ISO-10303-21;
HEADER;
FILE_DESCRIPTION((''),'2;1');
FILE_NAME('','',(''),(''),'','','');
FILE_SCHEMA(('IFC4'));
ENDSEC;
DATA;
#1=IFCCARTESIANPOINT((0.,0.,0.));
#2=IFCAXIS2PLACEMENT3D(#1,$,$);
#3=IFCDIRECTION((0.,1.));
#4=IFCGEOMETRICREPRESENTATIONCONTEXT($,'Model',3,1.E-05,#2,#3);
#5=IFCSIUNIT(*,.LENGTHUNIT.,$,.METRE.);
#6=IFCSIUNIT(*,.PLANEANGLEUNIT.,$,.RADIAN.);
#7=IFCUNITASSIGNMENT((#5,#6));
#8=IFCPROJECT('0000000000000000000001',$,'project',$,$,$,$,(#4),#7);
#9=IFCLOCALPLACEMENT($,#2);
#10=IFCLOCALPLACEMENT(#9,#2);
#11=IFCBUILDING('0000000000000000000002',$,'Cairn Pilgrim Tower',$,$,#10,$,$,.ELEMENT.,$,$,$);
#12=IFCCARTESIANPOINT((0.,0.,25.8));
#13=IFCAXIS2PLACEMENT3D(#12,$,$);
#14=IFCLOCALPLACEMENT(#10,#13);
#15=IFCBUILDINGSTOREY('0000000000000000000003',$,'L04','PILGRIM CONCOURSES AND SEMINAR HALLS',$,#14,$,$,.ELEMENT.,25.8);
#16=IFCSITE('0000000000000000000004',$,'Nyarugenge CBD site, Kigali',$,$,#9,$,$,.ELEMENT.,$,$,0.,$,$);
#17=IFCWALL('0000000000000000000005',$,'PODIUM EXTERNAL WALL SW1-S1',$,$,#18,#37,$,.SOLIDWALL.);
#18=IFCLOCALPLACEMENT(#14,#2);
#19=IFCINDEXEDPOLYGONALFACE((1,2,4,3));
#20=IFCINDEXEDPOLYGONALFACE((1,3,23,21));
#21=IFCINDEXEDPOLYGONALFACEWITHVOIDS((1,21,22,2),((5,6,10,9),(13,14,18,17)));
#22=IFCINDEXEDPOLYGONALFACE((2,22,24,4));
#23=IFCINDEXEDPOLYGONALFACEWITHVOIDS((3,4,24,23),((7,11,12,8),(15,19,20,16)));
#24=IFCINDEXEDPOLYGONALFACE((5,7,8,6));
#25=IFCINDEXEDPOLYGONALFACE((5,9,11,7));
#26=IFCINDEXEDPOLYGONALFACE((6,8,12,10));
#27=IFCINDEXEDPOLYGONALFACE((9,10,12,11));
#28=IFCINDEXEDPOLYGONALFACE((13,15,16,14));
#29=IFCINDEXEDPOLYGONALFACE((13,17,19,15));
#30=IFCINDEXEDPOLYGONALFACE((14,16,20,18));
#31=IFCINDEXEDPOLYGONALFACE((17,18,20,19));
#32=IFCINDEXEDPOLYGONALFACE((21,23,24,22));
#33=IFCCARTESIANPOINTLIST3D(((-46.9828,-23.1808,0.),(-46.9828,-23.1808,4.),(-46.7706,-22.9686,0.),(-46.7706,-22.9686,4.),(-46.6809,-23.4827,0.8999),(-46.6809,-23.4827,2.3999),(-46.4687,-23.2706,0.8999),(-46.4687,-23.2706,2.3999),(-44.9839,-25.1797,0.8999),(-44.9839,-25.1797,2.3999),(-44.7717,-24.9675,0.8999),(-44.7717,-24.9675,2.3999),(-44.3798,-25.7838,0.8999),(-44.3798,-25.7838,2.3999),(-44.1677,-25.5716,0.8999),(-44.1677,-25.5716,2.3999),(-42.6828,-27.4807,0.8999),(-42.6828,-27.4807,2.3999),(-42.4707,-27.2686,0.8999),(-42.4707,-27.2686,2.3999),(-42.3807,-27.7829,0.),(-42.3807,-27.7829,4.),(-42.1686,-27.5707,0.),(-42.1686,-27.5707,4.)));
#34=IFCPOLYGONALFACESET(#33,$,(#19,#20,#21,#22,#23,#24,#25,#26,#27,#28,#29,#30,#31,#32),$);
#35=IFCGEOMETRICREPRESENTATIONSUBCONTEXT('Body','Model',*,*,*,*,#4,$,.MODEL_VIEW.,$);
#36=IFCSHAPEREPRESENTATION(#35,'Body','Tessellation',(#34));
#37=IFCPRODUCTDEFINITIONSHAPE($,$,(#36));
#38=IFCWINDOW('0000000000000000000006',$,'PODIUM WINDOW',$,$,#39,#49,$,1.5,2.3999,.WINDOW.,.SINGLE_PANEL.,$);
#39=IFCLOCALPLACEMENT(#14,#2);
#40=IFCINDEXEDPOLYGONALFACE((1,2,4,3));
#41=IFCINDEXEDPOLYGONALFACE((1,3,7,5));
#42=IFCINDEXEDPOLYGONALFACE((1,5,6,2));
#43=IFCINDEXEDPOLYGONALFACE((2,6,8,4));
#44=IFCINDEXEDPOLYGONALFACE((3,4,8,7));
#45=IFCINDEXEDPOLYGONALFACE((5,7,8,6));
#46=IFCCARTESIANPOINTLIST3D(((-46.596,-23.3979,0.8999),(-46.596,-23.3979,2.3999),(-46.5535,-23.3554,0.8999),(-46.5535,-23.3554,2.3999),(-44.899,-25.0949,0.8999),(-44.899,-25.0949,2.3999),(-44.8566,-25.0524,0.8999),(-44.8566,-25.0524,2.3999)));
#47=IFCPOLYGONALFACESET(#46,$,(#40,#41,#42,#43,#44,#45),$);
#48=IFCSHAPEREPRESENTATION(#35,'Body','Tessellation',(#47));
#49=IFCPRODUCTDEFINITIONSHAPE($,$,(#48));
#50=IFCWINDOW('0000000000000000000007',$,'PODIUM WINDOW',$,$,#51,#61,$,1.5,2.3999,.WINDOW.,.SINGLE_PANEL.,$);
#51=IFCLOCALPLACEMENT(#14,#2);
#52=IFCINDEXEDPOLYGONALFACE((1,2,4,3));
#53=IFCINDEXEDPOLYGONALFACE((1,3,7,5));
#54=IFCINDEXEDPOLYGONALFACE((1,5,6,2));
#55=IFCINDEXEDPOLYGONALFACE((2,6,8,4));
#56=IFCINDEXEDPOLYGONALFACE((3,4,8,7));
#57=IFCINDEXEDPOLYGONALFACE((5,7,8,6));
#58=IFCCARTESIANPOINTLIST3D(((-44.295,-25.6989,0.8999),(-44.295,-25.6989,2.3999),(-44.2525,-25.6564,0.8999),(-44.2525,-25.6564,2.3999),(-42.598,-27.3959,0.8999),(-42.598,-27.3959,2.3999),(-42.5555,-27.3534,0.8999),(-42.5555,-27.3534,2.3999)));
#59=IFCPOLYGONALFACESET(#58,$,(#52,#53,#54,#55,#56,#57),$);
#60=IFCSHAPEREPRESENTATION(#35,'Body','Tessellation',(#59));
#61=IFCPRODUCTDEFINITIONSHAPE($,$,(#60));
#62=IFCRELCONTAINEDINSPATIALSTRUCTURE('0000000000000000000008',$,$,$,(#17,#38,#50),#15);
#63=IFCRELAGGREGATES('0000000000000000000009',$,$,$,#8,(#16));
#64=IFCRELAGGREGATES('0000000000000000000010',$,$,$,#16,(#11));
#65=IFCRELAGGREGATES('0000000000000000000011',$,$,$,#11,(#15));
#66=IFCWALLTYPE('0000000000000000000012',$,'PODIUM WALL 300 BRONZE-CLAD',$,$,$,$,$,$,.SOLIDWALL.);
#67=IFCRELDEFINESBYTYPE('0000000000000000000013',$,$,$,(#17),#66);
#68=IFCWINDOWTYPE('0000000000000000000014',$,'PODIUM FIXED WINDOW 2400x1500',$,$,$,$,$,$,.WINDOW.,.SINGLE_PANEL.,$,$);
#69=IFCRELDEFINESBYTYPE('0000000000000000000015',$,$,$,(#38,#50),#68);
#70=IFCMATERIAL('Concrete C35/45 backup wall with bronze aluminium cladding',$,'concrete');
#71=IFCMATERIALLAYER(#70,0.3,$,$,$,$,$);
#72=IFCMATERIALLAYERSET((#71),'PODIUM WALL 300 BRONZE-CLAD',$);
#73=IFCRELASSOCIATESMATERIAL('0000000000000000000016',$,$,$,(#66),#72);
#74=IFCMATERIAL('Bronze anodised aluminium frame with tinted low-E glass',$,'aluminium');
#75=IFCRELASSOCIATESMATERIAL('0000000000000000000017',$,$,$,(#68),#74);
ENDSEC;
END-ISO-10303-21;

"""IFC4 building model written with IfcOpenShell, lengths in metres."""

from ifc_helpers import new_model, si_unit, direction, frame, frame_2d, origin, place, context, subcontext, project, spatial, rectangle, extrude, material, layer, layer_set, type_object, element, fill, save


model = new_model("IFC4")

# Units and contexts
model_context = context("Model", 3, precision=1e-05, world=origin(), true_north=direction((0.0, 1.0)))
body_context = subcontext(model_context, "Body", "Model", "MODEL_VIEW")
ifc_project = project(units=[si_unit("LENGTHUNIT", "METRE"), si_unit("PLANEANGLEUNIT", "RADIAN")], contexts=[model_context])

# Site, building, storey
site_placement = place(None, origin())
site = spatial("IfcSite", under=ifc_project, at=site_placement, Name="Nyarugenge CBD site, Kigali", CompositionType="ELEMENT", RefElevation=0.0)
building_placement = place(site_placement, origin())
building = spatial("IfcBuilding", under=site, at=building_placement, Name="Cairn Pilgrim Tower", CompositionType="ELEMENT")
storey_placement = place(building_placement, frame((0.0, 0.0, 25.8)))
storey = spatial("IfcBuildingStorey", under=building, at=storey_placement, Name="L04", Description="PILGRIM CONCOURSES AND SEMINAR HALLS", CompositionType="ELEMENT", Elevation=25.8)

# Wall, openings, windows
ifc_material_1 = material(Name="Concrete C35/45 backup wall with bronze aluminium cladding", Category="concrete")
ifc_layer_1 = layer(ifc_material_1, 0.3)
ifc_layer_set_1 = layer_set([ifc_layer_1], Name="PODIUM WALL 300 BRONZE-CLAD")
wall_type_1 = type_object("IfcWallType", Name="PODIUM WALL 300 BRONZE-CLAD", PredefinedType="SOLIDWALL", material=ifc_layer_set_1)
ifc_material_2 = material(Name="Bronze anodised aluminium frame with tinted low-E glass", Category="aluminium")
window_type = type_object("IfcWindowType", Name="PODIUM FIXED WINDOW 2400x1500", PartitioningType="SINGLE_PANEL", PredefinedType="WINDOW", material=ifc_material_2)
wall_1_placement = place(storey_placement, frame((-46.8767, -23.0747, 0.0), z_axis=(0.0, 0.0, 1.0), x_axis=(0.707107, -0.707107, 0.0)))
wall_1 = element("IfcWall", 1, at=wall_1_placement, inside=storey, type_object=wall_type_1, Name="PODIUM EXTERNAL WALL SW1-S1", PredefinedType="SOLIDWALL", context=body_context, shape_type="SweptSolid", body=[
    extrude(rectangle(XDim=6.5083, YDim=0.3, at=frame_2d((3.2542, 0.0))), origin(), (0.0, 0.0, 1.0), 4.0),
])
opening_1_placement = place(wall_1_placement, frame((0.427, 0.0, 0.8999)))
opening_1 = element("IfcOpeningElement", 2, at=opening_1_placement, cuts=wall_1, PredefinedType="OPENING", context=body_context, shape_type="SweptSolid", body=[
    extrude(rectangle(XDim=2.3999, YDim=1.5, at=frame_2d((1.2, 0.75))), frame((0.0, 0.1602, 0.0), z_axis=(0.0, -1.0, 0.0), x_axis=(1.0, 0.0, 0.0)), (0.0, 0.0, 1.0), 0.3201),
])
opening_2_placement = place(wall_1_placement, frame((3.6812, 0.0, 0.8999)))
opening_2 = element("IfcOpeningElement", 3, at=opening_2_placement, cuts=wall_1, PredefinedType="OPENING", context=body_context, shape_type="SweptSolid", body=[
    extrude(rectangle(XDim=2.3999, YDim=1.5, at=frame_2d((1.2, 0.75))), frame((0.0, 0.1602, 0.0), z_axis=(0.0, -1.0, 0.0), x_axis=(1.0, 0.0, 0.0)), (0.0, 0.0, 1.0), 0.3201),
])
window_1_placement = place(opening_1_placement, origin())
window_1 = element("IfcWindow", 4, at=window_1_placement, inside=storey, type_object=window_type, Name="PODIUM WINDOW", OverallHeight=1.5, OverallWidth=2.3999, PartitioningType="SINGLE_PANEL", PredefinedType="WINDOW", context=body_context, shape_type="SweptSolid", body=[
    extrude(rectangle(XDim=2.3999, YDim=1.5, at=frame_2d((1.2, 0.75))), frame((0.0, 0.03, 0.0), z_axis=(0.0, -1.0, 0.0), x_axis=(1.0, 0.0, 0.0)), (0.0, 0.0, 1.0), 0.0601),
])
fill(opening_1, window_1)
window_2_placement = place(opening_2_placement, origin())
window_2 = element("IfcWindow", 5, at=window_2_placement, inside=storey, type_object=window_type, Name="PODIUM WINDOW", OverallHeight=1.5, OverallWidth=2.3999, PartitioningType="SINGLE_PANEL", PredefinedType="WINDOW", context=body_context, shape_type="SweptSolid", body=[
    extrude(rectangle(XDim=2.3999, YDim=1.5, at=frame_2d((1.2, 0.75))), frame((0.0, 0.03, 0.0), z_axis=(0.0, -1.0, 0.0), x_axis=(1.0, 0.0, 0.0)), (0.0, 0.0, 1.0), 0.0601),
])
fill(opening_2, window_2)

save(model, "model.ifc")
